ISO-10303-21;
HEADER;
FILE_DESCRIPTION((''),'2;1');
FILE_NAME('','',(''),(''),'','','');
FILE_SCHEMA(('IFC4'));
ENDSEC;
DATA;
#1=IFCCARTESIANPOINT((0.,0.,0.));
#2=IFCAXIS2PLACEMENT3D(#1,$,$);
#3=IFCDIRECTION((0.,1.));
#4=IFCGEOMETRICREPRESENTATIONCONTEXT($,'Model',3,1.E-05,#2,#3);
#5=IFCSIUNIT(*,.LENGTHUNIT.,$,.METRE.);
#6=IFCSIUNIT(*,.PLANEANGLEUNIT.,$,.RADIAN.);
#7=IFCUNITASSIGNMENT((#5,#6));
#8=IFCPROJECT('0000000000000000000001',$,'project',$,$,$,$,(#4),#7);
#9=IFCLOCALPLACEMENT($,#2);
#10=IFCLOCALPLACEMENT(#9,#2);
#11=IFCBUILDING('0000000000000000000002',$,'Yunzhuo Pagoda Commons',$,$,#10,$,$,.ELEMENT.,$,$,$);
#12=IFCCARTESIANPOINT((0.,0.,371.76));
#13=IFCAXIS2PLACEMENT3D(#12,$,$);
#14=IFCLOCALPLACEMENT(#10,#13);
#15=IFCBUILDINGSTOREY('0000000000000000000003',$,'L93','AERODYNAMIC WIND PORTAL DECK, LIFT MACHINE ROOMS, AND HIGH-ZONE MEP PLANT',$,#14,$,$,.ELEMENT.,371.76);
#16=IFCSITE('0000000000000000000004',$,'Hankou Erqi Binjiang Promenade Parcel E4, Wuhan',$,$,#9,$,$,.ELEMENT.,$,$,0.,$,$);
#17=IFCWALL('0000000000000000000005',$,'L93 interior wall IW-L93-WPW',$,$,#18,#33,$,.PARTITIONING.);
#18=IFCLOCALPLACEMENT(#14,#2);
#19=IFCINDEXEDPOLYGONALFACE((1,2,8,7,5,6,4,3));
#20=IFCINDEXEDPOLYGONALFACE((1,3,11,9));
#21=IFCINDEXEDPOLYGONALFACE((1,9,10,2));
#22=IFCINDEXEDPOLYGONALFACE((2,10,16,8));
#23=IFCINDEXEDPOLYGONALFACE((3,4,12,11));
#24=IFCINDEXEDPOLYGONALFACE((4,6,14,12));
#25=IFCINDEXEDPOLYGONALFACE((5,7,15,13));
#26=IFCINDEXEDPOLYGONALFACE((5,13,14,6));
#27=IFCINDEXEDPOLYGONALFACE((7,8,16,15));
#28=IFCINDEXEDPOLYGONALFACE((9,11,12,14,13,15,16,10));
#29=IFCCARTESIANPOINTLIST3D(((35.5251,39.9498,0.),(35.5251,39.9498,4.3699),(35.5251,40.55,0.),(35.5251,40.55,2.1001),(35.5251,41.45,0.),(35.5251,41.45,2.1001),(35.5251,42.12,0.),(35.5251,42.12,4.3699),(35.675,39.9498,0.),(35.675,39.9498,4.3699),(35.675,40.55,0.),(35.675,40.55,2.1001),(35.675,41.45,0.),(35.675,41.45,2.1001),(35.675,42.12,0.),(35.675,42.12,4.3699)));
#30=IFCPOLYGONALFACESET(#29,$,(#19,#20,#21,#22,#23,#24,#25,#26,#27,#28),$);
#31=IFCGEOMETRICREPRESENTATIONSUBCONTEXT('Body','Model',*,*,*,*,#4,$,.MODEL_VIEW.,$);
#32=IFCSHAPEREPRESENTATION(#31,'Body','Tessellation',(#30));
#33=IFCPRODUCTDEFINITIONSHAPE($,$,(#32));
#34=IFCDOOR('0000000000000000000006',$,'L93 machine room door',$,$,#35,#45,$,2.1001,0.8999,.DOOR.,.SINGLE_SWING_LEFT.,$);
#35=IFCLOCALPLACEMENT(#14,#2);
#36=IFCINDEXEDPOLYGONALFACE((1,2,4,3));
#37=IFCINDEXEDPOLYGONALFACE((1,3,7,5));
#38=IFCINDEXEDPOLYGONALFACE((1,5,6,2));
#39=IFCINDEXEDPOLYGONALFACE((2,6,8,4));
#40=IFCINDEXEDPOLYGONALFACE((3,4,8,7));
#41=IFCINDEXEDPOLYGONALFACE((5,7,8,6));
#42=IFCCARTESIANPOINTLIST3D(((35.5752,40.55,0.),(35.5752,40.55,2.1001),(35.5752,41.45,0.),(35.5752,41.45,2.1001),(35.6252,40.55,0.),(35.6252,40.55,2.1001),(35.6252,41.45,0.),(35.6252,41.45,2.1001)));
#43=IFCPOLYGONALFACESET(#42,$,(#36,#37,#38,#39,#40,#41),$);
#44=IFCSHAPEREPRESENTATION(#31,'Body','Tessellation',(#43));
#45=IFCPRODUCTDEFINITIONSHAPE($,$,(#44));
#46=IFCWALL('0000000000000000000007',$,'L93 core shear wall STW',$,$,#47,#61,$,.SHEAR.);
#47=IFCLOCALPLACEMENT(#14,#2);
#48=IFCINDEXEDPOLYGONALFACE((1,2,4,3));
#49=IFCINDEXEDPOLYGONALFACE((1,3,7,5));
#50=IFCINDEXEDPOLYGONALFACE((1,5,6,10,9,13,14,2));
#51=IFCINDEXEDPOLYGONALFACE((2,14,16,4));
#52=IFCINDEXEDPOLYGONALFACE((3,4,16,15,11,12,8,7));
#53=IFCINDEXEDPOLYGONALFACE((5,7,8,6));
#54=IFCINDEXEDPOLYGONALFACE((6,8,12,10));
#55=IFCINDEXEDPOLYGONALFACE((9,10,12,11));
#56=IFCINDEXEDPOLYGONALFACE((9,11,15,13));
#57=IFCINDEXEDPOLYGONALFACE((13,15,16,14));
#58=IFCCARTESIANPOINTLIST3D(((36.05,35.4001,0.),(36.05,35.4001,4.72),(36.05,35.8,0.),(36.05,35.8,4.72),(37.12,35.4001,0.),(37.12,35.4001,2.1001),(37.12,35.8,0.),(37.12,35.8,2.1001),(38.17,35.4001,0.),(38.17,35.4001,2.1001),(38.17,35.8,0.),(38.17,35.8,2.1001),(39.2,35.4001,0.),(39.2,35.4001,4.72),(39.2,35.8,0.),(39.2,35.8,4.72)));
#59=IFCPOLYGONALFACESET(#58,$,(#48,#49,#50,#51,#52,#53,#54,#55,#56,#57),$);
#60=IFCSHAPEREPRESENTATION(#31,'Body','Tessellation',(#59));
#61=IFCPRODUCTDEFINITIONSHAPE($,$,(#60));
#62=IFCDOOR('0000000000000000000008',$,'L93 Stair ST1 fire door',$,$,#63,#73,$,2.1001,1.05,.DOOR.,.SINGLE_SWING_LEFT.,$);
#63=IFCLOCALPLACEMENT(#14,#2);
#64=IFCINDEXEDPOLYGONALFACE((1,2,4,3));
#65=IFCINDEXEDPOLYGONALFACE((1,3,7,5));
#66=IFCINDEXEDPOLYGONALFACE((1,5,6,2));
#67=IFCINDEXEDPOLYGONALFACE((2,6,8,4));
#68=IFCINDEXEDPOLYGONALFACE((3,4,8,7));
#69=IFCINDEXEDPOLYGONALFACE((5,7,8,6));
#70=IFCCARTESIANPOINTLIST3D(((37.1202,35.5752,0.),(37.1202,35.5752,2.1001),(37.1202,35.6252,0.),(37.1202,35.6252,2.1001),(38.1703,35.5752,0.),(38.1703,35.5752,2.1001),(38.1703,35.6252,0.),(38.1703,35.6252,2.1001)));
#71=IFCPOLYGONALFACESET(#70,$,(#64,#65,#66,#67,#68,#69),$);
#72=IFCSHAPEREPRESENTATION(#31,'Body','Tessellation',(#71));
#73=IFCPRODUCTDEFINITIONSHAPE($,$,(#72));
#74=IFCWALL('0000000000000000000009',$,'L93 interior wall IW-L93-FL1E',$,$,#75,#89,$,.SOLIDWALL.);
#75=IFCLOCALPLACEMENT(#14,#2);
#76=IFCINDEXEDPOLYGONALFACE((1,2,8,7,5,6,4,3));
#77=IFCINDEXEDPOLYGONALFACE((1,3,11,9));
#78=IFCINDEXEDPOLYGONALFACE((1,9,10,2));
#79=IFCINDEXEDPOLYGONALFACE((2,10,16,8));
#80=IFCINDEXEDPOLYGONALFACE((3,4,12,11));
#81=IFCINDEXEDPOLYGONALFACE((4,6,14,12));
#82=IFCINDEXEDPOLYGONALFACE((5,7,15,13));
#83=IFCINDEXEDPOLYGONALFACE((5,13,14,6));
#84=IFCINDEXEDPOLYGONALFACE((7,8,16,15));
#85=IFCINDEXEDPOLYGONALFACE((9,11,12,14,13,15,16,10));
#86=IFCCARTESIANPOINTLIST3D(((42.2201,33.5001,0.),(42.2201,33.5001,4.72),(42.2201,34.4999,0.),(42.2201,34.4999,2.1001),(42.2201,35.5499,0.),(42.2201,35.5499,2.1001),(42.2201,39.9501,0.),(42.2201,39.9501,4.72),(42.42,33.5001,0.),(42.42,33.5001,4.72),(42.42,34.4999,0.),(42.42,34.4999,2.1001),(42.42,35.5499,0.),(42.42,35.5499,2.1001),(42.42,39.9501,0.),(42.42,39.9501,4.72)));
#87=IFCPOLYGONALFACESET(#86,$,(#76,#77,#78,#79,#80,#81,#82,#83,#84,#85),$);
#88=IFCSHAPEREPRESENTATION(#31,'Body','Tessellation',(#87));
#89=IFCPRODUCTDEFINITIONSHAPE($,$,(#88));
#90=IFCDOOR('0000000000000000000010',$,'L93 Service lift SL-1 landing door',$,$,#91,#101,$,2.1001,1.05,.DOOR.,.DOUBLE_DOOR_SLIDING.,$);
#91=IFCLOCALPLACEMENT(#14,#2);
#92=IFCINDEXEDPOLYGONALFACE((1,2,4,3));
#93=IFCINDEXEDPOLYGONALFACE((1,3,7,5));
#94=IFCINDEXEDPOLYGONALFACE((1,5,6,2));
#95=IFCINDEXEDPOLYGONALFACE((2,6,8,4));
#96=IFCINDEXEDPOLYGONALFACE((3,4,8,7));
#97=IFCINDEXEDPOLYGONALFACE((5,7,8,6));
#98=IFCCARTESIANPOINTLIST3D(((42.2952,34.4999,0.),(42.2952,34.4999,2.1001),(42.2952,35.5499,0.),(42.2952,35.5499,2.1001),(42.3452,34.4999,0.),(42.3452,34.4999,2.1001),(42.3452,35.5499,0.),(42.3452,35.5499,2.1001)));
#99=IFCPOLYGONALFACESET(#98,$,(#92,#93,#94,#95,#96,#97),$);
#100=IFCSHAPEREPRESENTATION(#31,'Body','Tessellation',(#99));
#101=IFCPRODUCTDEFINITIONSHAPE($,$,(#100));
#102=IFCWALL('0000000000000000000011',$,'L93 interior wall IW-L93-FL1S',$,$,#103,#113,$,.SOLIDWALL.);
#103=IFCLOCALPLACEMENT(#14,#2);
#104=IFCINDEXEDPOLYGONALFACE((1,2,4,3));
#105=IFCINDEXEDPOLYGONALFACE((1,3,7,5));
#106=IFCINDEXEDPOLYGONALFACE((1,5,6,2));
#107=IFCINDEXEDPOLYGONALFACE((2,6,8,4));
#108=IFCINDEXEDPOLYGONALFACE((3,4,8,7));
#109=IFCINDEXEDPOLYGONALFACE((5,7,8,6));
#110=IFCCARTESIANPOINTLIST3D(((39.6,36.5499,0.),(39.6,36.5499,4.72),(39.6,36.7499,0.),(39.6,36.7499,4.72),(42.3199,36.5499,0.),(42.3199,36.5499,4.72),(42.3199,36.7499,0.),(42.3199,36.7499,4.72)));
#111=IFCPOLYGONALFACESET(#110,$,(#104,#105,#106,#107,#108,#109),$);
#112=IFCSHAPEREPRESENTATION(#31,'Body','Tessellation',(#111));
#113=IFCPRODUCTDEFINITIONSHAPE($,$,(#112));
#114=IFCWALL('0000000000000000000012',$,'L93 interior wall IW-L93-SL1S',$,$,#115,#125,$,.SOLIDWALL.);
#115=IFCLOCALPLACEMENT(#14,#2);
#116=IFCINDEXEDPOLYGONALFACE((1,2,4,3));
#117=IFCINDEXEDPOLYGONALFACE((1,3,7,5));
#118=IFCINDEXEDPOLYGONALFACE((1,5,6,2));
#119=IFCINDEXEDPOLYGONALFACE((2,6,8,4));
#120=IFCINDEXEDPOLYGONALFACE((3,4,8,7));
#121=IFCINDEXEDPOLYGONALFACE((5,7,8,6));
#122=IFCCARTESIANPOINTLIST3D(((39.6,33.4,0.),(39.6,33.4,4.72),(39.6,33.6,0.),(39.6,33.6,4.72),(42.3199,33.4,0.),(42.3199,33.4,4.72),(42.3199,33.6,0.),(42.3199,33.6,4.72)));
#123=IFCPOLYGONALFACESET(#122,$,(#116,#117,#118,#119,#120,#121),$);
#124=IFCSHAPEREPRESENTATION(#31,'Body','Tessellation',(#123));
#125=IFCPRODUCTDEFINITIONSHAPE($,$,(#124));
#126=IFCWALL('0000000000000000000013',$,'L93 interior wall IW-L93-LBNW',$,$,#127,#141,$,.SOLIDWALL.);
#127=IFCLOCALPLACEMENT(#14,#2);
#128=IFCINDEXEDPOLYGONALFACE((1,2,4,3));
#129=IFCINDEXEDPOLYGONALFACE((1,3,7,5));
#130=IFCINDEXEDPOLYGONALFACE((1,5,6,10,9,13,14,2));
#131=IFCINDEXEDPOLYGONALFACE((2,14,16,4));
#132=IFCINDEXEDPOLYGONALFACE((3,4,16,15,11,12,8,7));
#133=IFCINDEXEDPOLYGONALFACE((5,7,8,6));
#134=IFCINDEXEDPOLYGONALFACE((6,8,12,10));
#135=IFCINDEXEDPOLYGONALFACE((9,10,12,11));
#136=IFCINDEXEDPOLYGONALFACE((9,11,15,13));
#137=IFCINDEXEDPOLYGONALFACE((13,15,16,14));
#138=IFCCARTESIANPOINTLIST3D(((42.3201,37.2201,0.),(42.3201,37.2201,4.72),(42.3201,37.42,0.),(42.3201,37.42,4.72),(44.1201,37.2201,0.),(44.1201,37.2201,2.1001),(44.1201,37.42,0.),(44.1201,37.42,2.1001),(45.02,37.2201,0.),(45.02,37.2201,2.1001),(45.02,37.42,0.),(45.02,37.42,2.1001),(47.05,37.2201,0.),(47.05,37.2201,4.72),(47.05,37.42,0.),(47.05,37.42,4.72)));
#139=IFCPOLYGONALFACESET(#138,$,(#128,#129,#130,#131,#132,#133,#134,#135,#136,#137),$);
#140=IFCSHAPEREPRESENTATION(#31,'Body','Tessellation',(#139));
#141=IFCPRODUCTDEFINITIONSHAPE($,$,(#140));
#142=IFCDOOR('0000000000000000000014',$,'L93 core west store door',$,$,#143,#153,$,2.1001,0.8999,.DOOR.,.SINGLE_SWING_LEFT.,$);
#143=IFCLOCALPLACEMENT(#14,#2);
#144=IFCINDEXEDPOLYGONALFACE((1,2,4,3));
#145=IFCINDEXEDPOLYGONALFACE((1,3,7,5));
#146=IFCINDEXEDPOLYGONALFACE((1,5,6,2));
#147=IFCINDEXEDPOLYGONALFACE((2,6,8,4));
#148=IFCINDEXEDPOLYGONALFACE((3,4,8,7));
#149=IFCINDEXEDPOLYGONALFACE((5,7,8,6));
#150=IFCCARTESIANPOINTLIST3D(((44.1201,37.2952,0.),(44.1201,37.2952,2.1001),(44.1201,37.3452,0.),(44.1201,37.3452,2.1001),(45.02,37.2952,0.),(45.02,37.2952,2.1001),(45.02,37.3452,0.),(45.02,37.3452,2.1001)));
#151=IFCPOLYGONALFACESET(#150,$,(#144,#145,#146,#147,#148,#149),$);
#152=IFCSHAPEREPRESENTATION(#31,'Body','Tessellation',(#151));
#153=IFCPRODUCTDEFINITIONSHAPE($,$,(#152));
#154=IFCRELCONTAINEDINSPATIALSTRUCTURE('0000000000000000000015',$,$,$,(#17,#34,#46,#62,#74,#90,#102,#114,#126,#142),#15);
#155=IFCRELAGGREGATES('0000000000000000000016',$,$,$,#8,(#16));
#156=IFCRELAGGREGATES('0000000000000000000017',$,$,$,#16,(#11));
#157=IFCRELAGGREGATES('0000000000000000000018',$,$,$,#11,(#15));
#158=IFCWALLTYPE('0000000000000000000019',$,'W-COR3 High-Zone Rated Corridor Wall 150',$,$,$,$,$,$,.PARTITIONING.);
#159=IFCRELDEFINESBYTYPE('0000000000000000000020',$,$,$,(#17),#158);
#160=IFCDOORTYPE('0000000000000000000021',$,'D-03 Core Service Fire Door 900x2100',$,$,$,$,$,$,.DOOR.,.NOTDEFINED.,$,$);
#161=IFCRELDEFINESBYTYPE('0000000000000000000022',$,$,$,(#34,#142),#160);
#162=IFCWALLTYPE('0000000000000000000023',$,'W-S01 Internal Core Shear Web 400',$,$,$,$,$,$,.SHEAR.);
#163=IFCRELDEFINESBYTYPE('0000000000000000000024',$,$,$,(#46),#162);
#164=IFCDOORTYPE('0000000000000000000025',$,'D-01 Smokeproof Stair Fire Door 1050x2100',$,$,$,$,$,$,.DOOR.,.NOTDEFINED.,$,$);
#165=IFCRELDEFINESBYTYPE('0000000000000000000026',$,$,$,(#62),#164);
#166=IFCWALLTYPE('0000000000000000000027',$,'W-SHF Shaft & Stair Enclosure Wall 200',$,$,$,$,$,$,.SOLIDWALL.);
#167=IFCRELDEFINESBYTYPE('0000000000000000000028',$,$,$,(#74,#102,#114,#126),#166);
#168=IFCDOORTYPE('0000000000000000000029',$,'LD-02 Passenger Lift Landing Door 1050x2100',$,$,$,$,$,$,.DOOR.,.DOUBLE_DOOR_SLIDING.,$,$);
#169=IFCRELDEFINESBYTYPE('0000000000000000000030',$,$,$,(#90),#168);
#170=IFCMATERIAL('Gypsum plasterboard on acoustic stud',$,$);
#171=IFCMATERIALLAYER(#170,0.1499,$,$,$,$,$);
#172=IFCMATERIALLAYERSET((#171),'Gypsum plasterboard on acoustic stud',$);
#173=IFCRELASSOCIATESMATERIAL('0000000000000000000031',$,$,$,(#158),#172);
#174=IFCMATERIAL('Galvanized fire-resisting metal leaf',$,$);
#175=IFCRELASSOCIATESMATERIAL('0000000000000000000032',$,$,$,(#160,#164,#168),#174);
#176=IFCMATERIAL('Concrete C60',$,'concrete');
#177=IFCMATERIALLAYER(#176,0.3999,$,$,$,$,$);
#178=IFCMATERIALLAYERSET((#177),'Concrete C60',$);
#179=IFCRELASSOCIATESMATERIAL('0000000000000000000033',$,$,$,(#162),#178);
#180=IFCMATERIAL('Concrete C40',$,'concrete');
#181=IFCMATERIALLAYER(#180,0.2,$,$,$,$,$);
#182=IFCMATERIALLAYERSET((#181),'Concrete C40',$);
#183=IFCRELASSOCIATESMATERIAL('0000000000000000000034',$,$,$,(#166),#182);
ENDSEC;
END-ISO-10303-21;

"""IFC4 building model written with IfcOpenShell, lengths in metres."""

from ifc_helpers import new_model, si_unit, direction, frame, frame_2d, origin, origin_with_axes, place, context, subcontext, project, spatial, rectangle, extrude, source, transform, mapped, material, layer, layer_set, type_object, element, fill, save


model = new_model("IFC4")

# Units and contexts
model_context = context("Model", 3, precision=1e-05, world=origin(), true_north=direction((0.0, 1.0)))
body_context = subcontext(model_context, "Body", "Model", "MODEL_VIEW")
ifc_project = project(units=[si_unit("LENGTHUNIT", "METRE"), si_unit("PLANEANGLEUNIT", "RADIAN")], contexts=[model_context])

# Site, building, storey
site_placement = place(None, origin())
site = spatial("IfcSite", under=ifc_project, at=site_placement, Name="Hankou Erqi Binjiang Promenade Parcel E4, Wuhan", CompositionType="ELEMENT", RefElevation=0.0)
building_placement = place(site_placement, origin())
building = spatial("IfcBuilding", under=site, at=building_placement, Name="Yunzhuo Pagoda Commons", CompositionType="ELEMENT")
storey_placement = place(building_placement, frame((0.0, 0.0, 371.76)))
storey = spatial("IfcBuildingStorey", under=building, at=storey_placement, Name="L93", Description="AERODYNAMIC WIND PORTAL DECK, LIFT MACHINE ROOMS, AND HIGH-ZONE MEP PLANT", CompositionType="ELEMENT", Elevation=371.76)

# Walls, openings, doors
ifc_material_1 = material(Name="Galvanized fire-resisting metal leaf")
shared_shape_1 = source(origin(), body_context, "Body", "SweptSolid", [
    extrude(rectangle(XDim=1.05, YDim=2.1001, at=frame_2d((0.5249, 1.05))), frame((0.0, 0.0249, 0.0), z_axis=(0.0, -1.0, 0.0), x_axis=(1.0, 0.0, 0.0)), (0.0, 0.0, 1.0), 0.05),
])
ifc_material_2 = material(Name="Gypsum plasterboard on acoustic stud")
ifc_layer_1 = layer(ifc_material_2, 0.1499)
ifc_layer_set_1 = layer_set([ifc_layer_1], Name="Gypsum plasterboard on acoustic stud")
wall_type_1 = type_object("IfcWallType", Name="W-COR3 High-Zone Rated Corridor Wall 150", PredefinedType="PARTITIONING", material=ifc_layer_set_1)
wall_1_placement = place(storey_placement, frame((35.6001, 39.95, 0.0), z_axis=(0.0, 0.0, 1.0), x_axis=(0.0, 1.0, 0.0)))
wall_1 = element("IfcWall", 1, at=wall_1_placement, inside=storey, type_object=wall_type_1, Name="L93 interior wall IW-L93-WPW", PredefinedType="PARTITIONING", context=body_context, shape_type="SweptSolid", body=[
    extrude(rectangle(XDim=2.1702, YDim=0.1499, at=frame_2d((1.085, 0.0))), origin(), (0.0, 0.0, 1.0), 4.3699),
])
opening_1_placement = place(wall_1_placement, frame((0.6001, 0.0, 0.0)))
opening_1 = element("IfcOpeningElement", 2, at=opening_1_placement, cuts=wall_1, PredefinedType="OPENING", context=body_context, shape_type="SweptSolid", body=[
    extrude(rectangle(XDim=0.8999, YDim=2.1001, at=frame_2d((0.45, 1.05))), frame((0.0, 0.085, 0.0), z_axis=(0.0, -1.0, 0.0), x_axis=(1.0, 0.0, 0.0)), (0.0, 0.0, 1.0), 0.1699),
])
door_type_1 = type_object("IfcDoorType", Name="D-03 Core Service Fire Door 900x2100", OperationType="NOTDEFINED", PredefinedType="DOOR", material=ifc_material_1)
shared_shape_2 = source(origin(), body_context, "Body", "SweptSolid", [
    extrude(rectangle(XDim=0.8999, YDim=2.1001, at=frame_2d((0.45, 1.05))), frame((0.0, 0.0249, 0.0), z_axis=(0.0, -1.0, 0.0), x_axis=(1.0, 0.0, 0.0)), (0.0, 0.0, 1.0), 0.05),
])
door_1_placement = place(opening_1_placement, origin_with_axes())
door_1 = element("IfcDoor", 3, at=door_1_placement, inside=storey, type_object=door_type_1, Name="L93 machine room door", OperationType="SINGLE_SWING_LEFT", OverallHeight=2.1001, OverallWidth=0.8999, PredefinedType="DOOR", context=body_context, shape_type="MappedRepresentation", body=[
    mapped(shared_shape_2, transform((0.0, 0.0, 0.0), scale=1.0)),
])
fill(opening_1, door_1)
ifc_material_3 = material(Name="Concrete C60", Category="concrete")
ifc_layer_2 = layer(ifc_material_3, 0.3999)
ifc_layer_set_2 = layer_set([ifc_layer_2], Name="Concrete C60")
wall_type_2 = type_object("IfcWallType", Name="W-S01 Internal Core Shear Web 400", PredefinedType="SHEAR", material=ifc_layer_set_2)
wall_2_placement = place(storey_placement, frame((36.05, 35.6001, 0.0), z_axis=(0.0, 0.0, 1.0), x_axis=(1.0, 0.0, 0.0)))
wall_2 = element("IfcWall", 4, at=wall_2_placement, inside=storey, type_object=wall_type_2, Name="L93 core shear wall STW", PredefinedType="SHEAR", context=body_context, shape_type="SweptSolid", body=[
    extrude(rectangle(XDim=3.1499, YDim=0.3999, at=frame_2d((1.575, 0.0))), origin(), (0.0, 0.0, 1.0), 4.72),
])
opening_2_placement = place(wall_2_placement, frame((1.0701, 0.0, 0.0)))
opening_2 = element("IfcOpeningElement", 5, at=opening_2_placement, cuts=wall_2, PredefinedType="OPENING", context=body_context, shape_type="SweptSolid", body=[
    extrude(rectangle(XDim=1.05, YDim=2.1001, at=frame_2d((0.5249, 1.05))), frame((0.0, 0.21, 0.0), z_axis=(0.0, -1.0, 0.0), x_axis=(1.0, 0.0, 0.0)), (0.0, 0.0, 1.0), 0.4199),
])
door_type_2 = type_object("IfcDoorType", Name="D-01 Smokeproof Stair Fire Door 1050x2100", OperationType="NOTDEFINED", PredefinedType="DOOR", material=ifc_material_1)
door_2_placement = place(opening_2_placement, frame((1.05, 0.0, 0.0), z_axis=(0.0, 0.0, 1.0), x_axis=(-1.0, 0.0, 0.0)))
door_2 = element("IfcDoor", 6, at=door_2_placement, inside=storey, type_object=door_type_2, Name="L93 Stair ST1 fire door", OperationType="SINGLE_SWING_LEFT", OverallHeight=2.1001, OverallWidth=1.05, PredefinedType="DOOR", context=body_context, shape_type="MappedRepresentation", body=[
    mapped(shared_shape_1, transform((0.0, 0.0, 0.0), scale=1.0)),
])
fill(opening_2, door_2)
ifc_material_4 = material(Name="Concrete C40", Category="concrete")
ifc_layer_3 = layer(ifc_material_4, 0.2)
ifc_layer_set_3 = layer_set([ifc_layer_3], Name="Concrete C40")
wall_type_3 = type_object("IfcWallType", Name="W-SHF Shaft & Stair Enclosure Wall 200", PredefinedType="SOLIDWALL", material=ifc_layer_set_3)
wall_3_placement = place(storey_placement, frame((42.3201, 33.5, 0.0), z_axis=(0.0, 0.0, 1.0), x_axis=(0.0, 1.0, 0.0)))
wall_3 = element("IfcWall", 7, at=wall_3_placement, inside=storey, type_object=wall_type_3, Name="L93 interior wall IW-L93-FL1E", PredefinedType="SOLIDWALL", context=body_context, shape_type="SweptSolid", body=[
    extrude(rectangle(XDim=6.45, YDim=0.2, at=frame_2d((3.2251, 0.0))), origin(), (0.0, 0.0, 1.0), 4.72),
])
opening_3_placement = place(wall_3_placement, frame((1.0, 0.0, 0.0)))
opening_3 = element("IfcOpeningElement", 8, at=opening_3_placement, cuts=wall_3, PredefinedType="OPENING", context=body_context, shape_type="SweptSolid", body=[
    extrude(rectangle(XDim=1.05, YDim=2.1001, at=frame_2d((0.5249, 1.05))), frame((0.0, 0.1099, 0.0), z_axis=(0.0, -1.0, 0.0), x_axis=(1.0, 0.0, 0.0)), (0.0, 0.0, 1.0), 0.22),
])
door_type_3 = type_object("IfcDoorType", Name="LD-02 Passenger Lift Landing Door 1050x2100", OperationType="DOUBLE_DOOR_SLIDING", PredefinedType="DOOR", material=ifc_material_1)
door_3_placement = place(opening_3_placement, origin_with_axes())
door_3 = element("IfcDoor", 9, at=door_3_placement, inside=storey, type_object=door_type_3, Name="L93 Service lift SL-1 landing door", OperationType="DOUBLE_DOOR_SLIDING", OverallHeight=2.1001, OverallWidth=1.05, PredefinedType="DOOR", context=body_context, shape_type="MappedRepresentation", body=[
    mapped(shared_shape_1, transform((0.0, 0.0, 0.0), scale=1.0)),
])
fill(opening_3, door_3)

# Walls
for number, where, z_axis, x_axis, name in (
    (10, (39.6001, 36.6499, 0.0), (0.0, 0.0, 1.0), (1.0, 0.0, 0.0), "L93 interior wall IW-L93-FL1S"),
    (11, (39.6001, 33.5, 0.0), (0.0, 0.0, 1.0), (1.0, 0.0, 0.0), "L93 interior wall IW-L93-SL1S"),
):
    element("IfcWall", number, at=place(storey_placement, frame(where, z_axis=z_axis, x_axis=x_axis)), inside=storey, type_object=wall_type_3, Name=name, PredefinedType="SOLIDWALL", context=body_context, shape_type="SweptSolid", body=[
        extrude(rectangle(XDim=2.72, YDim=0.2, at=frame_2d((1.3599, 0.0))), origin(), (0.0, 0.0, 1.0), 4.72),
    ])

# Wall, opening, door
wall_4_placement = place(storey_placement, frame((42.3201, 37.3201, 0.0), z_axis=(0.0, 0.0, 1.0), x_axis=(1.0, 0.0, 0.0)))
wall_4 = element("IfcWall", 12, at=wall_4_placement, inside=storey, type_object=wall_type_3, Name="L93 interior wall IW-L93-LBNW", PredefinedType="SOLIDWALL", context=body_context, shape_type="SweptSolid", body=[
    extrude(rectangle(XDim=4.73, YDim=0.2, at=frame_2d((2.365, 0.0))), origin(), (0.0, 0.0, 1.0), 4.72),
])
opening_4_placement = place(wall_4_placement, frame((1.8, 0.0, 0.0)))
opening_4 = element("IfcOpeningElement", 13, at=opening_4_placement, cuts=wall_4, PredefinedType="OPENING", context=body_context, shape_type="SweptSolid", body=[
    extrude(rectangle(XDim=0.8999, YDim=2.1001, at=frame_2d((0.45, 1.05))), frame((0.0, 0.1099, 0.0), z_axis=(0.0, -1.0, 0.0), x_axis=(1.0, 0.0, 0.0)), (0.0, 0.0, 1.0), 0.22),
])
door_4_placement = place(opening_4_placement, frame((0.8999, 0.0, 0.0), z_axis=(0.0, 0.0, 1.0), x_axis=(-1.0, 0.0, 0.0)))
door_4 = element("IfcDoor", 14, at=door_4_placement, inside=storey, type_object=door_type_1, Name="L93 core west store door", OperationType="SINGLE_SWING_LEFT", OverallHeight=2.1001, OverallWidth=0.8999, PredefinedType="DOOR", context=body_context, shape_type="MappedRepresentation", body=[
    mapped(shared_shape_2, transform((0.0, 0.0, 0.0), scale=1.0)),
])
fill(opening_4, door_4)

save(model, "model.ifc")
